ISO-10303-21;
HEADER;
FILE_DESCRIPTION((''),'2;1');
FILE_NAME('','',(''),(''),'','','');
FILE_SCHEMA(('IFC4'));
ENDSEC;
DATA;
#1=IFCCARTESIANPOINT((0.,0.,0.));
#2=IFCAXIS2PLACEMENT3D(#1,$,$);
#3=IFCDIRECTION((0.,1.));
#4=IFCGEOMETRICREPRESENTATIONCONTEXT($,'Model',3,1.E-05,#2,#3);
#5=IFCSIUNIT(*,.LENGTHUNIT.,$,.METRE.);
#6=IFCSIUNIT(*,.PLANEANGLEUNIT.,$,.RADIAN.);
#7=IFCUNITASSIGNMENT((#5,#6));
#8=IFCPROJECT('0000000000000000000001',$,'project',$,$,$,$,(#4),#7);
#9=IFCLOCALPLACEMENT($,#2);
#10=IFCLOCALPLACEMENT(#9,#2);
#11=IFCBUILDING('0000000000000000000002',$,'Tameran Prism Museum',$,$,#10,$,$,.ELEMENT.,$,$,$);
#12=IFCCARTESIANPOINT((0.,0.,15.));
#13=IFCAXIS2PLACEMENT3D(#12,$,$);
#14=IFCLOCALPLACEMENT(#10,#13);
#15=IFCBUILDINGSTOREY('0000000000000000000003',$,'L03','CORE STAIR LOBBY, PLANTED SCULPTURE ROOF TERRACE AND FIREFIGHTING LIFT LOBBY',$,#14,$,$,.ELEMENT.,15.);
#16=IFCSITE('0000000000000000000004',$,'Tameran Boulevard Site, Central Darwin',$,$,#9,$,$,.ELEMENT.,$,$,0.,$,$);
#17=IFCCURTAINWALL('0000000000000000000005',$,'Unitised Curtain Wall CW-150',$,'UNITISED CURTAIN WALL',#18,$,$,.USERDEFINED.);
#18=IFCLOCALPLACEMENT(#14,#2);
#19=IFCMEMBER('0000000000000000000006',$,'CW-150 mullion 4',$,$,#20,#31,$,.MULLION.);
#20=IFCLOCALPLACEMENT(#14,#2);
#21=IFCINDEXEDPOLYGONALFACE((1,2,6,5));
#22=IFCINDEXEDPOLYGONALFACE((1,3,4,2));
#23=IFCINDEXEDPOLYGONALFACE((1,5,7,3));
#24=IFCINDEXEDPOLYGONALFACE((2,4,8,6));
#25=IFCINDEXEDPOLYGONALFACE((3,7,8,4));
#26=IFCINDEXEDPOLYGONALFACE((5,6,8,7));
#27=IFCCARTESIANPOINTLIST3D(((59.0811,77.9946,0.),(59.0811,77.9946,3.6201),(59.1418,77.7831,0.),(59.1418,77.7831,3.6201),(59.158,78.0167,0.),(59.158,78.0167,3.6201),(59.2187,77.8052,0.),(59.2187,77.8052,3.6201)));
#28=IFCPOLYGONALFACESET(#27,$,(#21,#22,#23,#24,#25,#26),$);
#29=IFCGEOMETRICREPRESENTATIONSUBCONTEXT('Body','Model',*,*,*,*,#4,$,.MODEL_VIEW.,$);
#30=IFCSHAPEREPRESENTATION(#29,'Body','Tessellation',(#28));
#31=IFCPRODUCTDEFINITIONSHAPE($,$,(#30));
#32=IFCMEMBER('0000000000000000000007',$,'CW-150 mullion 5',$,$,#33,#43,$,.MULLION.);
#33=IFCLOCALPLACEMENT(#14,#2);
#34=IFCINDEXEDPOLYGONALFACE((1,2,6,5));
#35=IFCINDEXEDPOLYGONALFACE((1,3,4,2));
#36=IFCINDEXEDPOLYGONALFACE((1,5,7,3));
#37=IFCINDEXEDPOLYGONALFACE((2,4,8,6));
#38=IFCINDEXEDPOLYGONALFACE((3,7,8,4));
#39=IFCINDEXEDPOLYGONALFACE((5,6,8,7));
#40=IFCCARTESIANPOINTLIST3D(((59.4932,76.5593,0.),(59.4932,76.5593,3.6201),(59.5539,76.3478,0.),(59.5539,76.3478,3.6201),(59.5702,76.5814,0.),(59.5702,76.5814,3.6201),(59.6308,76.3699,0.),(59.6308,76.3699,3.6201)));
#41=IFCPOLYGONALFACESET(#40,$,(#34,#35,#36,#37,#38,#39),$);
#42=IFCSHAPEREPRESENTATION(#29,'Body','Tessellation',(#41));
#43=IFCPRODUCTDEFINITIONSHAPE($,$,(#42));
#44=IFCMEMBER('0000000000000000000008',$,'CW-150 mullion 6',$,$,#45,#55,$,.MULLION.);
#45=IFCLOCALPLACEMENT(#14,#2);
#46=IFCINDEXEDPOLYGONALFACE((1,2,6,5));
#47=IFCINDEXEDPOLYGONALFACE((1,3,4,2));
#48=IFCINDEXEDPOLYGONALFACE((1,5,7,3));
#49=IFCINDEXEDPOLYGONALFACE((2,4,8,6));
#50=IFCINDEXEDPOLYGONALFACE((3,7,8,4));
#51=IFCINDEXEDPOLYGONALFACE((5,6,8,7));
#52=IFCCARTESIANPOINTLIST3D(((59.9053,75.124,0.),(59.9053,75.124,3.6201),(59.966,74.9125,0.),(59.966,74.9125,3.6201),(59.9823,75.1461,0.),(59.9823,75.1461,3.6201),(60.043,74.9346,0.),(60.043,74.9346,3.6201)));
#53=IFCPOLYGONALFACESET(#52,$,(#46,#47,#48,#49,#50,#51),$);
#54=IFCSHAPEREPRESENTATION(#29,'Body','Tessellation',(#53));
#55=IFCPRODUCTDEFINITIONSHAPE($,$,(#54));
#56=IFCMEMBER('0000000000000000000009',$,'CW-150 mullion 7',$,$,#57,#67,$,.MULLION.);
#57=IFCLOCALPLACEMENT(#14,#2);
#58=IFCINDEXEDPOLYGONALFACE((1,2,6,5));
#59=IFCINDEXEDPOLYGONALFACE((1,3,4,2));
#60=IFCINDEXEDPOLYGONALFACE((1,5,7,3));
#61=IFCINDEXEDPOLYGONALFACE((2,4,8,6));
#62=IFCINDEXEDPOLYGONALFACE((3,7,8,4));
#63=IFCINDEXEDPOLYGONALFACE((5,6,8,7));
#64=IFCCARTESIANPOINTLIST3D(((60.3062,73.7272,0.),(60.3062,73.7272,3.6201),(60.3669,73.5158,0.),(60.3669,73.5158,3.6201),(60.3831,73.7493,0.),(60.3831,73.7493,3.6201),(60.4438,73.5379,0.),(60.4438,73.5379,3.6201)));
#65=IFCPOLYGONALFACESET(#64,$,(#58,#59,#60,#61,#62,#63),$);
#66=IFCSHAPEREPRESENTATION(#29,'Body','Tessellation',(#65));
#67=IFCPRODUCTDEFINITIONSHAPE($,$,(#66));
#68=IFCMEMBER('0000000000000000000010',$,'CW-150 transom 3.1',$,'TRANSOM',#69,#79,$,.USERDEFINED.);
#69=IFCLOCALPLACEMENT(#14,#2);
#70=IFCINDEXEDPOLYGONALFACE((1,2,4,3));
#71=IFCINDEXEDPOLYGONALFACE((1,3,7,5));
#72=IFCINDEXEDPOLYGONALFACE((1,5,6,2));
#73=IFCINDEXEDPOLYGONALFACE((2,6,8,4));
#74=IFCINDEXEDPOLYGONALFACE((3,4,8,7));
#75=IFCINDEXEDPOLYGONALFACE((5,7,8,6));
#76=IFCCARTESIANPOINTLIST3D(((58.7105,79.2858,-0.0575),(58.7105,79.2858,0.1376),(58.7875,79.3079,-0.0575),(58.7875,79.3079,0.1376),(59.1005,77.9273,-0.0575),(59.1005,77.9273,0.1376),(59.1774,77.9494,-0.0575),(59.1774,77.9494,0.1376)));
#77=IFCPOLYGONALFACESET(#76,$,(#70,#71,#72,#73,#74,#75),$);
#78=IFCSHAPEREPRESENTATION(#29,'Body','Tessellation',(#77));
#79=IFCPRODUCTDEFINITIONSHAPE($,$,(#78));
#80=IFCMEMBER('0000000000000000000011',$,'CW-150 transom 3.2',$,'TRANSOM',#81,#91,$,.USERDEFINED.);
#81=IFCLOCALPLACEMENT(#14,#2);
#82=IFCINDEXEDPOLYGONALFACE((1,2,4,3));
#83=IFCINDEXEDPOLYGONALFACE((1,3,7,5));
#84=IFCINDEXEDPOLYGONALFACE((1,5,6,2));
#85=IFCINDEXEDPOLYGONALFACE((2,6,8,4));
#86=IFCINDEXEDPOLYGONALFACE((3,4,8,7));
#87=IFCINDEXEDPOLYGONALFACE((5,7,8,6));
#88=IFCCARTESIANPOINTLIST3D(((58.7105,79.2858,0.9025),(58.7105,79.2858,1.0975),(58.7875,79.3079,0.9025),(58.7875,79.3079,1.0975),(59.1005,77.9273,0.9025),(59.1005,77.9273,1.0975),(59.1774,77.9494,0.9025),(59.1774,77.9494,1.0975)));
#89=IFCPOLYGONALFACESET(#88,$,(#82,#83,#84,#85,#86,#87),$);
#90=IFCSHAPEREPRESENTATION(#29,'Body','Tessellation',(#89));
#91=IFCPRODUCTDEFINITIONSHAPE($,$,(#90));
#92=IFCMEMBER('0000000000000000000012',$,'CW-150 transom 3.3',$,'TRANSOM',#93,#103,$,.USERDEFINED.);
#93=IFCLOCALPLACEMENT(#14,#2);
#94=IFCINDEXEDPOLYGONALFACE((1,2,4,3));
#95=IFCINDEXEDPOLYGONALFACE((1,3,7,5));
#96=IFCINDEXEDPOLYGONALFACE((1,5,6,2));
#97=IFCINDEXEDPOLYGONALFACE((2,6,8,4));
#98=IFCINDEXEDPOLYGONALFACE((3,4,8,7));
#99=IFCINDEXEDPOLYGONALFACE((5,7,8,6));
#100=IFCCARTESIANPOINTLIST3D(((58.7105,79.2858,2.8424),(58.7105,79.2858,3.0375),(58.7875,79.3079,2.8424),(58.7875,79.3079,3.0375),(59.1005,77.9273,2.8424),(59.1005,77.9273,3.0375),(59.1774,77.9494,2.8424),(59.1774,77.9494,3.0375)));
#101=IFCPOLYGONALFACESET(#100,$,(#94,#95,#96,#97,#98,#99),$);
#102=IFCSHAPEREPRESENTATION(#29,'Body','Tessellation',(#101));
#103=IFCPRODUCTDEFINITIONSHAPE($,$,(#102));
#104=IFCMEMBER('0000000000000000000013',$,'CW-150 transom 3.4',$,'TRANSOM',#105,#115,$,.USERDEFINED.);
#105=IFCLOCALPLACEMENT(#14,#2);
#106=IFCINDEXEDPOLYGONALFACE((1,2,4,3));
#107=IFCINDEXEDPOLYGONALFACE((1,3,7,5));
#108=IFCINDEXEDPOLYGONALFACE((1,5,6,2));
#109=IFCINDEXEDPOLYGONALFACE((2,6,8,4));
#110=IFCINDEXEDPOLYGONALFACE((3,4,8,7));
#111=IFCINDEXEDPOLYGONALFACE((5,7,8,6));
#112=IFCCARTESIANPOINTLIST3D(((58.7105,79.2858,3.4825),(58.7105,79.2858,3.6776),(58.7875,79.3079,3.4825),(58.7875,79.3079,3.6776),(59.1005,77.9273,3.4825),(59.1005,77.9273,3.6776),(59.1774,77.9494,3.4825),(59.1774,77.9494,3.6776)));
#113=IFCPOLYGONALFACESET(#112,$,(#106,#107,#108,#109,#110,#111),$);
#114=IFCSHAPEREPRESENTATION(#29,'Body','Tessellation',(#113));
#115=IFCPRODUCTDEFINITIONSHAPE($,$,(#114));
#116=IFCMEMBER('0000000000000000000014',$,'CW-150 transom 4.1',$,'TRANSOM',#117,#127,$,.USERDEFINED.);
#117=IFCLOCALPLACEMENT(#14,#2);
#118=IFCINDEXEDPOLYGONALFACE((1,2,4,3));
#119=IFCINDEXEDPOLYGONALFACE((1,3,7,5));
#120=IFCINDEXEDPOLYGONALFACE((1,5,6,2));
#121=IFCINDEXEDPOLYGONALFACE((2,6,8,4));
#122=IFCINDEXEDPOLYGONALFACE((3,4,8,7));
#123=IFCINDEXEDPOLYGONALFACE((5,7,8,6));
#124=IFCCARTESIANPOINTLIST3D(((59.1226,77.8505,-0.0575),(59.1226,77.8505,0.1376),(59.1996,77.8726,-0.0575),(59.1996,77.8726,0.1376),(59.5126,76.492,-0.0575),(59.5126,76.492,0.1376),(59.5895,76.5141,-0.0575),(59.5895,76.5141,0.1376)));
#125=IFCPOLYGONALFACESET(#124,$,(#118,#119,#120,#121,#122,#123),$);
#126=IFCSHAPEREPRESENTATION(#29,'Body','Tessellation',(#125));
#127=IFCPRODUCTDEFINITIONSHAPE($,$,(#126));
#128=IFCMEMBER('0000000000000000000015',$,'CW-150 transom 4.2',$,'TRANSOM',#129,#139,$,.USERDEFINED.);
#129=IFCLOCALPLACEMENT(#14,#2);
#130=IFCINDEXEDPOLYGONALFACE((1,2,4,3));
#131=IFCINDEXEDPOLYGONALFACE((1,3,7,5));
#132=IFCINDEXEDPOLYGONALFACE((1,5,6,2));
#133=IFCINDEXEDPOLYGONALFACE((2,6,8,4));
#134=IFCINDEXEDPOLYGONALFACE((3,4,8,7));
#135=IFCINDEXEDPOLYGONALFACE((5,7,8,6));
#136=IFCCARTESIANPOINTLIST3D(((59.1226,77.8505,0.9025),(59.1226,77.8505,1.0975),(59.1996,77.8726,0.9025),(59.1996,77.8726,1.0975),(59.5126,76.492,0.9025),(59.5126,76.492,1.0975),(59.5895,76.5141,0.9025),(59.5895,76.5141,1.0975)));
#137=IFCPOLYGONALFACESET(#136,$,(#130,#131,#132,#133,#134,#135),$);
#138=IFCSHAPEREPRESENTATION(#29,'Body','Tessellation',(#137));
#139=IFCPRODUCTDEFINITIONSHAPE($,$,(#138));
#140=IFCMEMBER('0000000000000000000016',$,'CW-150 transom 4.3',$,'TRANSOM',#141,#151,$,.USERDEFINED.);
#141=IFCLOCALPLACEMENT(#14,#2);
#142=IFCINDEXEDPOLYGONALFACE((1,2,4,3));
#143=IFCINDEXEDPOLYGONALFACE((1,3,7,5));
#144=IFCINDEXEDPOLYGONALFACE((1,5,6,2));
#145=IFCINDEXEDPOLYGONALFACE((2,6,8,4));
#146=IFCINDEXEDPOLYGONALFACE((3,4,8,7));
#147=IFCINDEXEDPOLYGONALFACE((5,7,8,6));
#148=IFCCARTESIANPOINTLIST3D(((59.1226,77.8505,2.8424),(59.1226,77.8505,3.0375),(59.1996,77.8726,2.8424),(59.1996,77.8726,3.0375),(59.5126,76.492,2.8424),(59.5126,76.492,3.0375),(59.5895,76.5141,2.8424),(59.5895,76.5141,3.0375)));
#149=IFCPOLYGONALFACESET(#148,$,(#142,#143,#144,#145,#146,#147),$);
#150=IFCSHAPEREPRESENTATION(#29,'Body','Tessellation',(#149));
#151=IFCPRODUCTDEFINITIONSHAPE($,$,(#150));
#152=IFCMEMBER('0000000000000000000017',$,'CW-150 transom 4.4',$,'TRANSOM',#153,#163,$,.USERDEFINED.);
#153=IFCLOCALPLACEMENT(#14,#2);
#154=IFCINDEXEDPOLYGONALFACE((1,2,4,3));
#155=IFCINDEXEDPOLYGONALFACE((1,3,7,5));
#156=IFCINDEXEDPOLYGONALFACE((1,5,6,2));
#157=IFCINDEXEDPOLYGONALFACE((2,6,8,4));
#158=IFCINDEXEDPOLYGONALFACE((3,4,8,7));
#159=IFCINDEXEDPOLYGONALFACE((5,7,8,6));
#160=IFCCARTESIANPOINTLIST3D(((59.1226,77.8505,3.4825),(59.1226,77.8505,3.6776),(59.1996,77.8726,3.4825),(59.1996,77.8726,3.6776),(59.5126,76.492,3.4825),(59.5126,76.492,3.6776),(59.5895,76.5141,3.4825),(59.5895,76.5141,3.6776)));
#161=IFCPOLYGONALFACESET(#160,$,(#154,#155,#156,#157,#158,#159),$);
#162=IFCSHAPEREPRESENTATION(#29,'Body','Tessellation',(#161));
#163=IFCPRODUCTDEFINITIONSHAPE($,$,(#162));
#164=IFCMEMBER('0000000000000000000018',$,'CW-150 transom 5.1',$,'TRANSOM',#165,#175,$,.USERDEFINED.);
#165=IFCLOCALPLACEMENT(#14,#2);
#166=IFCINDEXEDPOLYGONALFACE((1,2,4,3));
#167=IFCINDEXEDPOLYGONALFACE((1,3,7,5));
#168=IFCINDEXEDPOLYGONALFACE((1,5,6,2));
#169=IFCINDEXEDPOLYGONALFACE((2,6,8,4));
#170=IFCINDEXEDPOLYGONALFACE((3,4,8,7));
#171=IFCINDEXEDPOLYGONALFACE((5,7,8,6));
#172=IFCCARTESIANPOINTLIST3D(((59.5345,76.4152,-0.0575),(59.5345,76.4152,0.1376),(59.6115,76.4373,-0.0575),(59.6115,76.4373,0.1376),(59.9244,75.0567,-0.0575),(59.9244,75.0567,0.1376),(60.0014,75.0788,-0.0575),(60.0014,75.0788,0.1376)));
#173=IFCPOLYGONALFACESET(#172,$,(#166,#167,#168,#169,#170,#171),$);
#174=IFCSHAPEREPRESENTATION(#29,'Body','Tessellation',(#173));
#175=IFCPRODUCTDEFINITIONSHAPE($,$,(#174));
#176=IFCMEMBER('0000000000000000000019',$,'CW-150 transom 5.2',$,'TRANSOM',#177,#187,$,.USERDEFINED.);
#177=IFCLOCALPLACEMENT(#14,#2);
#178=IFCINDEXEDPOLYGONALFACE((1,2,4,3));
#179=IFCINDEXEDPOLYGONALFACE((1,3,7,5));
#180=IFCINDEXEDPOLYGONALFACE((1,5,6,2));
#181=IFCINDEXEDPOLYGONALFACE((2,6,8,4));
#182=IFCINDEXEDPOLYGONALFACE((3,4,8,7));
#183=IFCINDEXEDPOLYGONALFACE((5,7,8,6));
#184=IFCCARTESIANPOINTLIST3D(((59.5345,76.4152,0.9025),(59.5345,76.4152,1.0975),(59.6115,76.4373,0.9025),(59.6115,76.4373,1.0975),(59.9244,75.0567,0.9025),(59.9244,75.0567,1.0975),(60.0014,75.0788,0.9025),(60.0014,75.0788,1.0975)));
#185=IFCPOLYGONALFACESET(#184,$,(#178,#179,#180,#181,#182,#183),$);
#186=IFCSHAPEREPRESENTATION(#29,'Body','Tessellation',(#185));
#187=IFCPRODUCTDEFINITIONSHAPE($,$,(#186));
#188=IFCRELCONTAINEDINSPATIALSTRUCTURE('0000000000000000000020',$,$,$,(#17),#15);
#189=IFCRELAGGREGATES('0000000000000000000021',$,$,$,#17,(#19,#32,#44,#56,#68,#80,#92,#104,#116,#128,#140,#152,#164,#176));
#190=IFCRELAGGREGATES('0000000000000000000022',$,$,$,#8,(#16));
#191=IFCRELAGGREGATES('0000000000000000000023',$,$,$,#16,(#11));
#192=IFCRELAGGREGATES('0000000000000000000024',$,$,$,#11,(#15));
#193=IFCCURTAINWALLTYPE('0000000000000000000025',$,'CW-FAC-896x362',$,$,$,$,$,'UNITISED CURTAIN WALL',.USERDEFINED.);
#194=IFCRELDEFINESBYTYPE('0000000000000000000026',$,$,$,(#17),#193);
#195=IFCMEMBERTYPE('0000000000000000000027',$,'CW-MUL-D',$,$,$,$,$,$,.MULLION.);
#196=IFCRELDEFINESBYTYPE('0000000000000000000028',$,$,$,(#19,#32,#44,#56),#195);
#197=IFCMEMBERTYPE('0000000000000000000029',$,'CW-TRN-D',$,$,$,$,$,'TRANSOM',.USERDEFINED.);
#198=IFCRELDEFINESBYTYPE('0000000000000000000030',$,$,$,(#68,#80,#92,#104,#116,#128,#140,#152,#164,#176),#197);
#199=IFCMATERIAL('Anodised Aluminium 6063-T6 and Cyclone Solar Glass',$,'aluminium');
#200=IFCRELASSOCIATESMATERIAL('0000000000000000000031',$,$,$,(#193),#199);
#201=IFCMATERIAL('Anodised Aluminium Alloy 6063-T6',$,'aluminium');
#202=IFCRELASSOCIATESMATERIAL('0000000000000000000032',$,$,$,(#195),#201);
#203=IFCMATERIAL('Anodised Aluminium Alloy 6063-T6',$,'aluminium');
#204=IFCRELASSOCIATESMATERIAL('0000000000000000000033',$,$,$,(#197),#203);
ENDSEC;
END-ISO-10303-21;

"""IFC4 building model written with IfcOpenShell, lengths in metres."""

from ifc_helpers import new_model, si_unit, direction, frame, origin, origin_2d, place, context, subcontext, project, spatial, rectangle, extrude, material, material_profile, profile_set, type_object, element, aggregate, save


model = new_model("IFC4")

# Units and contexts
model_context = context("Model", 3, precision=1e-05, world=origin(), true_north=direction((0.0, 1.0)))
body_context = subcontext(model_context, "Body", "Model", "MODEL_VIEW")
ifc_project = project(units=[si_unit("LENGTHUNIT", "METRE"), si_unit("PLANEANGLEUNIT", "RADIAN")], contexts=[model_context])

# Site, building, storey
site_placement = place(None, origin())
site = spatial("IfcSite", under=ifc_project, at=site_placement, Name="Tameran Boulevard Site, Central Darwin", CompositionType="ELEMENT", RefElevation=0.0)
building_placement = place(site_placement, origin())
building = spatial("IfcBuilding", under=site, at=building_placement, Name="Tameran Prism Museum", CompositionType="ELEMENT")
storey_placement = place(building_placement, frame((0.0, 0.0, 15.0)))
storey = spatial("IfcBuildingStorey", under=building, at=storey_placement, Name="L03", Description="CORE STAIR LOBBY, PLANTED SCULPTURE ROOF TERRACE AND FIREFIGHTING LIFT LOBBY", CompositionType="ELEMENT", Elevation=15.0)

# Curtain wall, members
ifc_material_1 = material(Name="Anodised Aluminium 6063-T6 and Cyclone Solar Glass", Category="aluminium")
curtain_wall_type = type_object("IfcCurtainWallType", Name="CW-FAC-896x362", ElementType="UNITISED CURTAIN WALL", PredefinedType="USERDEFINED", material=ifc_material_1)
curtain_wall_placement = place(storey_placement, origin())
curtain_wall = element("IfcCurtainWall", 1, at=curtain_wall_placement, inside=storey, type_object=curtain_wall_type, Name="Unitised Curtain Wall CW-150", ObjectType="UNITISED CURTAIN WALL", PredefinedType="USERDEFINED")
ifc_material_2 = material(Name="Anodised Aluminium Alloy 6063-T6", Category="aluminium")
ifc_material_profile_1 = material_profile(ifc_material_2, rectangle(XDim=0.0801, YDim=0.22, at=origin_2d()))
ifc_profile_set_1 = profile_set([ifc_material_profile_1])
member_type_1 = type_object("IfcMemberType", Name="CW-MUL-D", PredefinedType="MULLION", material=ifc_profile_set_1)
member_1_placement = place(storey_placement, frame((59.1499, 77.8999, 0.0), z_axis=(0.0, 0.0, 1.0), x_axis=(0.961186, 0.2759, 0.0)))
member_1 = element("IfcMember", 2, at=member_1_placement, type_object=member_type_1, Name="CW-150 mullion 4", PredefinedType="MULLION", context=body_context, shape_type="SweptSolid", body=[
    extrude(rectangle(XDim=0.0801, YDim=0.22, at=origin_2d()), origin(), (0.0, 0.0, 1.0), 3.6201),
])
member_2_placement = place(storey_placement, frame((59.562, 76.4646, 0.0), z_axis=(0.0, 0.0, 1.0), x_axis=(0.961186, 0.2759, 0.0)))
member_2 = element("IfcMember", 3, at=member_2_placement, type_object=member_type_1, Name="CW-150 mullion 5", PredefinedType="MULLION", context=body_context, shape_type="SweptSolid", body=[
    extrude(rectangle(XDim=0.0801, YDim=0.22, at=origin_2d()), origin(), (0.0, 0.0, 1.0), 3.6201),
])
member_3_placement = place(storey_placement, frame((59.9741, 75.0293, 0.0), z_axis=(0.0, 0.0, 1.0), x_axis=(0.961186, 0.2759, 0.0)))
member_3 = element("IfcMember", 4, at=member_3_placement, type_object=member_type_1, Name="CW-150 mullion 6", PredefinedType="MULLION", context=body_context, shape_type="SweptSolid", body=[
    extrude(rectangle(XDim=0.0801, YDim=0.22, at=origin_2d()), origin(), (0.0, 0.0, 1.0), 3.6201),
])
member_4_placement = place(storey_placement, frame((60.375, 73.6326, 0.0), z_axis=(0.0, 0.0, 1.0), x_axis=(0.961186, 0.2759, 0.0)))
member_4 = element("IfcMember", 5, at=member_4_placement, type_object=member_type_1, Name="CW-150 mullion 7", PredefinedType="MULLION", context=body_context, shape_type="SweptSolid", body=[
    extrude(rectangle(XDim=0.0801, YDim=0.22, at=origin_2d()), origin(), (0.0, 0.0, 1.0), 3.6201),
])
ifc_material_3 = material(Name="Anodised Aluminium Alloy 6063-T6", Category="aluminium")
ifc_material_profile_2 = material_profile(ifc_material_3, rectangle(XDim=0.0801, YDim=0.1951, at=origin_2d()))
ifc_profile_set_2 = profile_set([ifc_material_profile_2])
member_type_2 = type_object("IfcMemberType", Name="CW-TRN-D", ElementType="TRANSOM", PredefinedType="USERDEFINED", material=ifc_profile_set_2)
member_5_placement = place(storey_placement, frame((58.749, 79.2969, 0.04), z_axis=(0.275885, -0.961191, 0.0), x_axis=(0.961191, 0.275885, 0.0)))
member_5 = element("IfcMember", 6, at=member_5_placement, type_object=member_type_2, Name="CW-150 transom 3.1", ObjectType="TRANSOM", PredefinedType="USERDEFINED", context=body_context, shape_type="SweptSolid", body=[
    extrude(rectangle(XDim=0.0801, YDim=0.1951, at=origin_2d()), origin(), (0.0, 0.0, 1.0), 1.4133),
])
member_6_placement = place(storey_placement, frame((58.749, 79.2969, 1.0), z_axis=(0.275885, -0.961191, 0.0), x_axis=(0.961191, 0.275885, 0.0)))
member_6 = element("IfcMember", 7, at=member_6_placement, type_object=member_type_2, Name="CW-150 transom 3.2", ObjectType="TRANSOM", PredefinedType="USERDEFINED", context=body_context, shape_type="SweptSolid", body=[
    extrude(rectangle(XDim=0.0801, YDim=0.1951, at=origin_2d()), origin(), (0.0, 0.0, 1.0), 1.4133),
])
member_7_placement = place(storey_placement, frame((58.749, 79.2969, 2.9399), z_axis=(0.275885, -0.961191, 0.0), x_axis=(0.961191, 0.275885, 0.0)))
member_7 = element("IfcMember", 8, at=member_7_placement, type_object=member_type_2, Name="CW-150 transom 3.3", ObjectType="TRANSOM", PredefinedType="USERDEFINED", context=body_context, shape_type="SweptSolid", body=[
    extrude(rectangle(XDim=0.0801, YDim=0.1951, at=origin_2d()), origin(), (0.0, 0.0, 1.0), 1.4133),
])
member_8_placement = place(storey_placement, frame((58.749, 79.2969, 3.5801), z_axis=(0.275885, -0.961191, 0.0), x_axis=(0.961191, 0.275885, 0.0)))
member_8 = element("IfcMember", 9, at=member_8_placement, type_object=member_type_2, Name="CW-150 transom 3.4", ObjectType="TRANSOM", PredefinedType="USERDEFINED", context=body_context, shape_type="SweptSolid", body=[
    extrude(rectangle(XDim=0.0801, YDim=0.1951, at=origin_2d()), origin(), (0.0, 0.0, 1.0), 1.4133),
])
member_9_placement = place(storey_placement, frame((59.1611, 77.8616, 0.04), z_axis=(0.275885, -0.961191, 0.0), x_axis=(0.961191, 0.275885, 0.0)))
member_9 = element("IfcMember", 10, at=member_9_placement, type_object=member_type_2, Name="CW-150 transom 4.1", ObjectType="TRANSOM", PredefinedType="USERDEFINED", context=body_context, shape_type="SweptSolid", body=[
    extrude(rectangle(XDim=0.0801, YDim=0.1951, at=origin_2d()), origin(), (0.0, 0.0, 1.0), 1.4133),
])
member_10_placement = place(storey_placement, frame((59.1611, 77.8616, 1.0), z_axis=(0.275885, -0.961191, 0.0), x_axis=(0.961191, 0.275885, 0.0)))
member_10 = element("IfcMember", 11, at=member_10_placement, type_object=member_type_2, Name="CW-150 transom 4.2", ObjectType="TRANSOM", PredefinedType="USERDEFINED", context=body_context, shape_type="SweptSolid", body=[
    extrude(rectangle(XDim=0.0801, YDim=0.1951, at=origin_2d()), origin(), (0.0, 0.0, 1.0), 1.4133),
])
member_11_placement = place(storey_placement, frame((59.1611, 77.8616, 2.9399), z_axis=(0.275885, -0.961191, 0.0), x_axis=(0.961191, 0.275885, 0.0)))
member_11 = element("IfcMember", 12, at=member_11_placement, type_object=member_type_2, Name="CW-150 transom 4.3", ObjectType="TRANSOM", PredefinedType="USERDEFINED", context=body_context, shape_type="SweptSolid", body=[
    extrude(rectangle(XDim=0.0801, YDim=0.1951, at=origin_2d()), origin(), (0.0, 0.0, 1.0), 1.4133),
])
member_12_placement = place(storey_placement, frame((59.1611, 77.8616, 3.5801), z_axis=(0.275885, -0.961191, 0.0), x_axis=(0.961191, 0.275885, 0.0)))
member_12 = element("IfcMember", 13, at=member_12_placement, type_object=member_type_2, Name="CW-150 transom 4.4", ObjectType="TRANSOM", PredefinedType="USERDEFINED", context=body_context, shape_type="SweptSolid", body=[
    extrude(rectangle(XDim=0.0801, YDim=0.1951, at=origin_2d()), origin(), (0.0, 0.0, 1.0), 1.4133),
])
member_13_placement = place(storey_placement, frame((59.573, 76.4263, 0.04), z_axis=(0.275885, -0.961191, 0.0), x_axis=(0.961191, 0.275885, 0.0)))
member_13 = element("IfcMember", 14, at=member_13_placement, type_object=member_type_2, Name="CW-150 transom 5.1", ObjectType="TRANSOM", PredefinedType="USERDEFINED", context=body_context, shape_type="SweptSolid", body=[
    extrude(rectangle(XDim=0.0801, YDim=0.1951, at=origin_2d()), origin(), (0.0, 0.0, 1.0), 1.4133),
])
member_14_placement = place(storey_placement, frame((59.573, 76.4263, 1.0), z_axis=(0.275885, -0.961191, 0.0), x_axis=(0.961191, 0.275885, 0.0)))
member_14 = element("IfcMember", 15, at=member_14_placement, type_object=member_type_2, Name="CW-150 transom 5.2", ObjectType="TRANSOM", PredefinedType="USERDEFINED", context=body_context, shape_type="SweptSolid", body=[
    extrude(rectangle(XDim=0.0801, YDim=0.1951, at=origin_2d()), origin(), (0.0, 0.0, 1.0), 1.4133),
])
aggregate(curtain_wall, [member_1, member_2, member_3, member_4, member_5, member_6, member_7, member_8, member_9, member_10, member_11, member_12, member_13, member_14])

save(model, "model.ifc")
